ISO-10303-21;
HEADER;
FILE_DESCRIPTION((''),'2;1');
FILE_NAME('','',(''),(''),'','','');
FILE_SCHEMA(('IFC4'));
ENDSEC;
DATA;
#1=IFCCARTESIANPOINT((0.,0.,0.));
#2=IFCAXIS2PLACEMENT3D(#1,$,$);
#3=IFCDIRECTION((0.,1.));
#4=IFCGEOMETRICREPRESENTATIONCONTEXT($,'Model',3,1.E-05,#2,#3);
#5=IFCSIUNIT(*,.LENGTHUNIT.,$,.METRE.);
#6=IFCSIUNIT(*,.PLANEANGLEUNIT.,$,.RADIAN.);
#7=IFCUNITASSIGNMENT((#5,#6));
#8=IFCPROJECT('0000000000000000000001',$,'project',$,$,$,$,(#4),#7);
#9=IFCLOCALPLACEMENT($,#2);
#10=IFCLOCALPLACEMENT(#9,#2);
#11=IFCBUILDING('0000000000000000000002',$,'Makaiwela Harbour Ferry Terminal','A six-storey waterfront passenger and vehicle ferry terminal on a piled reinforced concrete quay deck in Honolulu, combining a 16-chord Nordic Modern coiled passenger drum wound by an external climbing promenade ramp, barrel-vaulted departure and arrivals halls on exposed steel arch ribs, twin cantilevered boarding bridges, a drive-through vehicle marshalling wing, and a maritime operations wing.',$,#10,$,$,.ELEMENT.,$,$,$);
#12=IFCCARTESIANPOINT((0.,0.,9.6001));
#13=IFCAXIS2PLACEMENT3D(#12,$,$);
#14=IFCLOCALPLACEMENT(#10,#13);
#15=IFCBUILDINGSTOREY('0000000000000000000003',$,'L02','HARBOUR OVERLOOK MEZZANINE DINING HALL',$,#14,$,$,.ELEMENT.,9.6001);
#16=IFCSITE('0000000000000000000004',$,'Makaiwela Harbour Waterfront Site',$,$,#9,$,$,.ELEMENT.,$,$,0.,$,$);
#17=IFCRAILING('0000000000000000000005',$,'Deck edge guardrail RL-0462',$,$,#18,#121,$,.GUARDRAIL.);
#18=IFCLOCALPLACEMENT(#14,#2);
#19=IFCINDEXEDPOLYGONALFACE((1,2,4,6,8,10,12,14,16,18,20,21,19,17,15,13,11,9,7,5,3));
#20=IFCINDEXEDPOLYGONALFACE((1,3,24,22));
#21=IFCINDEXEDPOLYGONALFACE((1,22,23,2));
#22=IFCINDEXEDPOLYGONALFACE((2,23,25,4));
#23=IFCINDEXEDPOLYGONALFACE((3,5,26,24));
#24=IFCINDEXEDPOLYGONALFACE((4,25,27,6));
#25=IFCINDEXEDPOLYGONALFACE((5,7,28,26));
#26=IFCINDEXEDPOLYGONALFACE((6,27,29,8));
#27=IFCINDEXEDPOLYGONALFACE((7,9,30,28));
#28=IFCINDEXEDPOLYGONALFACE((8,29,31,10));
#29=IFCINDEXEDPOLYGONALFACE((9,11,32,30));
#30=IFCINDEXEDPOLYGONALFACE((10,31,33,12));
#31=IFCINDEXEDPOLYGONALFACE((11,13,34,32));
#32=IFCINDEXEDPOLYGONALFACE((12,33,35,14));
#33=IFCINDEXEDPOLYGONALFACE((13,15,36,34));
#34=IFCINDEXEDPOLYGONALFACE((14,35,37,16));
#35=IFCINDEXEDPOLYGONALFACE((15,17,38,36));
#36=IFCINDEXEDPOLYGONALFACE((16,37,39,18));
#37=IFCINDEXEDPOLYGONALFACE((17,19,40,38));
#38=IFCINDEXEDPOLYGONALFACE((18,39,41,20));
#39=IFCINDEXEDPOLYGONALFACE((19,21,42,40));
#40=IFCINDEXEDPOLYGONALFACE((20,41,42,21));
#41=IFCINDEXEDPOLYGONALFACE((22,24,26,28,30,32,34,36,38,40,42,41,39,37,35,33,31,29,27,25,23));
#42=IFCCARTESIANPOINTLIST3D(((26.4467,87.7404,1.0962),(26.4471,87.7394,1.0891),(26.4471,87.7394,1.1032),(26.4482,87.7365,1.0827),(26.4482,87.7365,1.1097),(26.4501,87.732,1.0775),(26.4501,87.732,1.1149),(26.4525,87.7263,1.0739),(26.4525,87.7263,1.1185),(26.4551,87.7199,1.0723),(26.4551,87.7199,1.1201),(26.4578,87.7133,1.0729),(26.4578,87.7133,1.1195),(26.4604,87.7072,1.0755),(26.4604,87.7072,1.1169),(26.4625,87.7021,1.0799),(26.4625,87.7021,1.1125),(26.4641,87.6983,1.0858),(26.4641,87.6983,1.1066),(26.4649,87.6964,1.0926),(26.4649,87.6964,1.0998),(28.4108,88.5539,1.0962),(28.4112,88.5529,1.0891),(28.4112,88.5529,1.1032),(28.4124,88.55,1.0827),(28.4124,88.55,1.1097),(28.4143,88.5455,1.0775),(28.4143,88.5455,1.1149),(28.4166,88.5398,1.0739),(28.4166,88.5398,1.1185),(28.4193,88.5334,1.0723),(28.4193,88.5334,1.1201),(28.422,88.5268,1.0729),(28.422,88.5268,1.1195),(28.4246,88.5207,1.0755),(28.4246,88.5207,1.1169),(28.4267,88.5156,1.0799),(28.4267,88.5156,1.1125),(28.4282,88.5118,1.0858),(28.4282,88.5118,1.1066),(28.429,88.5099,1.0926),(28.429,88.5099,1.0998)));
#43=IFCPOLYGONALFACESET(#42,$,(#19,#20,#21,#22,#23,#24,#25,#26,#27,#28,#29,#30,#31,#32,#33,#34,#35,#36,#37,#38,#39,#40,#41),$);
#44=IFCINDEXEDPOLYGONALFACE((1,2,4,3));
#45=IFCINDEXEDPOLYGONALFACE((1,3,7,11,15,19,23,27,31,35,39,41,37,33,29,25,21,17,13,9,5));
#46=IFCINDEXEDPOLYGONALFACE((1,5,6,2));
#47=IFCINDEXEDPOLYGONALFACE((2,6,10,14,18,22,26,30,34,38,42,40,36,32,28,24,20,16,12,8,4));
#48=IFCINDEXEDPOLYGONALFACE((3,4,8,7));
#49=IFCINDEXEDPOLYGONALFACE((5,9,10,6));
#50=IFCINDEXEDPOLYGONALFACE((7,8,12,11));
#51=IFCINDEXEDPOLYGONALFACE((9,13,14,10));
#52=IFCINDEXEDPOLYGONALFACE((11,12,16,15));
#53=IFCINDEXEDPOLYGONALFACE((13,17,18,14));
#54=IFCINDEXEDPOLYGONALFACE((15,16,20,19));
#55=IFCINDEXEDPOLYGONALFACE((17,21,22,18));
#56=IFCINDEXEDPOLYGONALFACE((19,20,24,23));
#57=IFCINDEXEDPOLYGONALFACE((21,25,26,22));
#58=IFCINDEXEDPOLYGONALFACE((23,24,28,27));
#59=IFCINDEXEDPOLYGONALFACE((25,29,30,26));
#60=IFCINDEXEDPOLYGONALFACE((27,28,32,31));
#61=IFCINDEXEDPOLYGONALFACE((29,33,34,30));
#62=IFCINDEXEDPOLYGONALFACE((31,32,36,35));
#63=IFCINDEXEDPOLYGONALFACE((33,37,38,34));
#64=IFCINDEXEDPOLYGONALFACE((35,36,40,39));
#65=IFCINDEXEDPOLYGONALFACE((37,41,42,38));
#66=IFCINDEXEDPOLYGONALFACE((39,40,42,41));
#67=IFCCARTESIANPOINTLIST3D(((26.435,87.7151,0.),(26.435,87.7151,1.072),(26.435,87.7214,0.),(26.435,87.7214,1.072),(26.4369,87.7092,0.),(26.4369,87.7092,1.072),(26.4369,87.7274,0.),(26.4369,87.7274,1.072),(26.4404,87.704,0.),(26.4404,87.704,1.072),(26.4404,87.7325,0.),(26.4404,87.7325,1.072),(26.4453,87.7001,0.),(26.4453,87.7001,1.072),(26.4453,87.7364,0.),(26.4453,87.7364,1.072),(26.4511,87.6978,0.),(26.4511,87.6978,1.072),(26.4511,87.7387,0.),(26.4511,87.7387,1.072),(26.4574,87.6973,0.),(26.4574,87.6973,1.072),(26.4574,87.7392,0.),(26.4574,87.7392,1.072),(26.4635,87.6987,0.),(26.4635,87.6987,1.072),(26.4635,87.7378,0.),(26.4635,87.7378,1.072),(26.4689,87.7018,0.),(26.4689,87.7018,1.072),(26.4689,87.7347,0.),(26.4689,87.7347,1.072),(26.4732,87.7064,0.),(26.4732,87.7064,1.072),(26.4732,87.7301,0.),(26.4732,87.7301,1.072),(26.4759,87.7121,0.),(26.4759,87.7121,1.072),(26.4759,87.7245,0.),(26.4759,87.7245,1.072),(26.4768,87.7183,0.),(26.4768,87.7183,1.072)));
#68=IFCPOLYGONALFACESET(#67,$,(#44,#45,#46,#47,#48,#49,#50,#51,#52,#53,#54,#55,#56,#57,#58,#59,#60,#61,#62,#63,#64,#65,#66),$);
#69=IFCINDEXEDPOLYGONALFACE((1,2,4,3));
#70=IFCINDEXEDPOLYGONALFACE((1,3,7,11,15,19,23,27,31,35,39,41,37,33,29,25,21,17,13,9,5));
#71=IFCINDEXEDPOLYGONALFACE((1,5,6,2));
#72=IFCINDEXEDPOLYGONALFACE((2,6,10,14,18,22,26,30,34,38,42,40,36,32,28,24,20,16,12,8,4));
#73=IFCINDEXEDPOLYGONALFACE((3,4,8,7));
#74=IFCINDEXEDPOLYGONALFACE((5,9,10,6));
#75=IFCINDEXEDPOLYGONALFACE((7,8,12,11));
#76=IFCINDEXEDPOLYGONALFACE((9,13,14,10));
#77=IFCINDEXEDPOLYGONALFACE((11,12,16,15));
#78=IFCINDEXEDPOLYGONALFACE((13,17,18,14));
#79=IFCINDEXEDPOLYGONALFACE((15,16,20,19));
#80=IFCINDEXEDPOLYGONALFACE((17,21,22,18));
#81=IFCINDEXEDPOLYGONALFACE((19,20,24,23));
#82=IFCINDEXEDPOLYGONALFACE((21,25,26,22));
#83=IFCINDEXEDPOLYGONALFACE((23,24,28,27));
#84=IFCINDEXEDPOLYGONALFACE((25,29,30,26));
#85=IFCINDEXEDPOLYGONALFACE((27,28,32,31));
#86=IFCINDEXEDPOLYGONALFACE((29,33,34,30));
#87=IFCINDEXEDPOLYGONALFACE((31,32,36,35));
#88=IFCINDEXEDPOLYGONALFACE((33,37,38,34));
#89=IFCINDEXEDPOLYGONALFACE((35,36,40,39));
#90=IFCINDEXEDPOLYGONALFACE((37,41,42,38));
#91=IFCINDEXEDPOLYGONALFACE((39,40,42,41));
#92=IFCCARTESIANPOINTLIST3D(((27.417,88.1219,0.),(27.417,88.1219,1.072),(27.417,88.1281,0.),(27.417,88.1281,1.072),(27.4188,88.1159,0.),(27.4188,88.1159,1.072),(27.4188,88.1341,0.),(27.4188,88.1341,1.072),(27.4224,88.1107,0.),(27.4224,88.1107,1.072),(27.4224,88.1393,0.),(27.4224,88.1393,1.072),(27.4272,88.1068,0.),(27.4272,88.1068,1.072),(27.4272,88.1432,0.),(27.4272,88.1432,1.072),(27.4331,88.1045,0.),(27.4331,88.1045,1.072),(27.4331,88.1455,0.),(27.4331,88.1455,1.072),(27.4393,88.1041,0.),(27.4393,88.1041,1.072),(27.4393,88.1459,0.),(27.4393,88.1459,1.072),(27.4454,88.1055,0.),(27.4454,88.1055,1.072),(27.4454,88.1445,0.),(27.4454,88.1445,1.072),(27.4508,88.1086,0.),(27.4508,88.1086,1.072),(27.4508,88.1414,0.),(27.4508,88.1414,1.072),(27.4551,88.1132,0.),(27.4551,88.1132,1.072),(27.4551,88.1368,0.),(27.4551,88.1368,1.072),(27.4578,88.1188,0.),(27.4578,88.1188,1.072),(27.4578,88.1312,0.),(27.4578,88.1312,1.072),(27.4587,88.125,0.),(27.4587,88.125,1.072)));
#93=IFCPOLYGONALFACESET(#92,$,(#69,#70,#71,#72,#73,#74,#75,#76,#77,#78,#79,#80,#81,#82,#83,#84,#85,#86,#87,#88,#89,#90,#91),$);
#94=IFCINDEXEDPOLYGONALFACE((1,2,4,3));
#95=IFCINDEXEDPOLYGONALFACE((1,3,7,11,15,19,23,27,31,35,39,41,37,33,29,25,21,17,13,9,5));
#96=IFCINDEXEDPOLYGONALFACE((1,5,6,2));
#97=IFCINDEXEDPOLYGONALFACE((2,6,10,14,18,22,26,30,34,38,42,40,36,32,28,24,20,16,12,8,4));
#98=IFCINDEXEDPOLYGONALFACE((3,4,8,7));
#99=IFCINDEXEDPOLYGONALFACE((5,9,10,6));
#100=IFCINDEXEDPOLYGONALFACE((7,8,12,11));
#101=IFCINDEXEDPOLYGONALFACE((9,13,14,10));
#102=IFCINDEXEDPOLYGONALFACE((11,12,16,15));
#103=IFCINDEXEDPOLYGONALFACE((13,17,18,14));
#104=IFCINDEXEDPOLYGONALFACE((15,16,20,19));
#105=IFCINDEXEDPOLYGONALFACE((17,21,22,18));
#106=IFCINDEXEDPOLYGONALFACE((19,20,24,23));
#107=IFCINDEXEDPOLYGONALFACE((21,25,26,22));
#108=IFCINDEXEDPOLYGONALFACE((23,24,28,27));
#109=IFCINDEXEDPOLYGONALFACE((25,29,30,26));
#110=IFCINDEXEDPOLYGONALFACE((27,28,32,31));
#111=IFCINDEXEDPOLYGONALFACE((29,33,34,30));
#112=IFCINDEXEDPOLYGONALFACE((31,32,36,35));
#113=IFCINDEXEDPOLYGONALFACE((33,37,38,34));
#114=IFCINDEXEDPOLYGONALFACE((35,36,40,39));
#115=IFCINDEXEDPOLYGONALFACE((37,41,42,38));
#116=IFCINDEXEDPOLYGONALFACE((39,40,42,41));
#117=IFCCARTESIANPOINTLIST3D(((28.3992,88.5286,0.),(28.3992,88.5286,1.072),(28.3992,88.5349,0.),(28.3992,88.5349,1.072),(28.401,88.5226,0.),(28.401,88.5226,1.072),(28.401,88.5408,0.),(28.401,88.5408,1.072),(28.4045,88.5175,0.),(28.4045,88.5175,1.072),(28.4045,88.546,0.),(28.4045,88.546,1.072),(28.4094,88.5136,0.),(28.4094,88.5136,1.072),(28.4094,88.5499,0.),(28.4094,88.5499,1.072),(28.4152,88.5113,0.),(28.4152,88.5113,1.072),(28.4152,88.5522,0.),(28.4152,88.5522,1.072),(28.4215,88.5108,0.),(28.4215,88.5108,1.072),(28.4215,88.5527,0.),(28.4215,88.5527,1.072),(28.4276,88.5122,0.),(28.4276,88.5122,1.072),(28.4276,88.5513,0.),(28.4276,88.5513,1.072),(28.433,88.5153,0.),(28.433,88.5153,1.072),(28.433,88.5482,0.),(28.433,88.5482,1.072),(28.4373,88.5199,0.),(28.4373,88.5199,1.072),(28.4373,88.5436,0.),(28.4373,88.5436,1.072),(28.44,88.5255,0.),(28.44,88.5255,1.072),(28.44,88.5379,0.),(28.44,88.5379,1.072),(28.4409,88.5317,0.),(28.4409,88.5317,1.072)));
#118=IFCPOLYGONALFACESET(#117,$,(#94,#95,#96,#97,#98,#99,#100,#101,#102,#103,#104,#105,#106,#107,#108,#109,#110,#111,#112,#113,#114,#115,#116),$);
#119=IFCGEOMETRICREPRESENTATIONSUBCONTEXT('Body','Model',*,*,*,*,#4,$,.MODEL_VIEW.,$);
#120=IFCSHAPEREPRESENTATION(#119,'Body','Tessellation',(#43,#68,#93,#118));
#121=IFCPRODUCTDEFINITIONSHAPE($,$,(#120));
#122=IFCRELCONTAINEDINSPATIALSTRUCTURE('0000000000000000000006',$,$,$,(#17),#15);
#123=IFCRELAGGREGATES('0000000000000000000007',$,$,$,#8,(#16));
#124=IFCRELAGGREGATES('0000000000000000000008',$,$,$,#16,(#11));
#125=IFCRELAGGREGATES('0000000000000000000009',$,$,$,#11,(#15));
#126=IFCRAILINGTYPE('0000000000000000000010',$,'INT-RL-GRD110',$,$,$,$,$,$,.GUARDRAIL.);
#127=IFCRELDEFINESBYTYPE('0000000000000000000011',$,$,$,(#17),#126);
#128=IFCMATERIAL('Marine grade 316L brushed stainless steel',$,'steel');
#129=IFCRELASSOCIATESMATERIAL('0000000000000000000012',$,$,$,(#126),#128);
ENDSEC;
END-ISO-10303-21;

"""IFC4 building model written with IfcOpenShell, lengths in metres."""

from ifc_helpers import new_model, si_unit, direction, frame, origin, origin_2d, place, context, subcontext, project, spatial, circle, extrude, material, type_object, element, save


model = new_model("IFC4")

# Units and contexts
model_context = context("Model", 3, precision=1e-05, world=origin(), true_north=direction((0.0, 1.0)))
body_context = subcontext(model_context, "Body", "Model", "MODEL_VIEW")
ifc_project = project(units=[si_unit("LENGTHUNIT", "METRE"), si_unit("PLANEANGLEUNIT", "RADIAN")], contexts=[model_context])

# Site, building, storey
site_placement = place(None, origin())
site = spatial("IfcSite", under=ifc_project, at=site_placement, Name="Makaiwela Harbour Waterfront Site", CompositionType="ELEMENT", RefElevation=0.0)
building_placement = place(site_placement, origin())
building = spatial("IfcBuilding", under=site, at=building_placement, Name="Makaiwela Harbour Ferry Terminal", Description="A six-storey waterfront passenger and vehicle ferry terminal on a piled reinforced concrete quay deck in Honolulu, combining a 16-chord Nordic Modern coiled passenger drum wound by an external climbing promenade ramp, barrel-vaulted departure and arrivals halls on exposed steel arch ribs, twin cantilevered boarding bridges, a drive-through vehicle marshalling wing, and a maritime operations wing.", CompositionType="ELEMENT")
storey_placement = place(building_placement, frame((0.0, 0.0, 9.6001)))
storey = spatial("IfcBuildingStorey", under=building, at=storey_placement, Name="L02", Description="HARBOUR OVERLOOK MEZZANINE DINING HALL", CompositionType="ELEMENT", Elevation=9.6001)

# Railing
ifc_material_1 = material(Name="Marine grade 316L brushed stainless steel", Category="steel")
railing_type = type_object("IfcRailingType", Name="INT-RL-GRD110", PredefinedType="GUARDRAIL", material=ifc_material_1)
railing_1_placement = place(storey_placement, frame((26.4558, 87.7183, 0.0)))
element("IfcRailing", 1, at=railing_1_placement, inside=storey, type_object=railing_type, Name="Deck edge guardrail RL-0462", PredefinedType="GUARDRAIL", context=body_context, shape_type="SweptSolid", body=[
    extrude(circle(Radius=0.0239, at=origin_2d()), frame((0.0, 0.0, 1.0962), z_axis=(0.923894, 0.382649, 0.0), x_axis=(-0.382649, 0.923894, 0.0)), (0.0, 0.0, 1.0), 2.126),
    extrude(circle(Radius=0.021, at=origin_2d()), origin(), (0.0, 0.0, 1.0), 1.072),
    extrude(circle(Radius=0.021, at=origin_2d()), frame((0.9819, 0.4067, 0.0)), (0.0, 0.0, 1.0), 1.072),
    extrude(circle(Radius=0.021, at=origin_2d()), frame((1.9641, 0.8135, 0.0)), (0.0, 0.0, 1.0), 1.072),
])

save(model, "model.ifc")
